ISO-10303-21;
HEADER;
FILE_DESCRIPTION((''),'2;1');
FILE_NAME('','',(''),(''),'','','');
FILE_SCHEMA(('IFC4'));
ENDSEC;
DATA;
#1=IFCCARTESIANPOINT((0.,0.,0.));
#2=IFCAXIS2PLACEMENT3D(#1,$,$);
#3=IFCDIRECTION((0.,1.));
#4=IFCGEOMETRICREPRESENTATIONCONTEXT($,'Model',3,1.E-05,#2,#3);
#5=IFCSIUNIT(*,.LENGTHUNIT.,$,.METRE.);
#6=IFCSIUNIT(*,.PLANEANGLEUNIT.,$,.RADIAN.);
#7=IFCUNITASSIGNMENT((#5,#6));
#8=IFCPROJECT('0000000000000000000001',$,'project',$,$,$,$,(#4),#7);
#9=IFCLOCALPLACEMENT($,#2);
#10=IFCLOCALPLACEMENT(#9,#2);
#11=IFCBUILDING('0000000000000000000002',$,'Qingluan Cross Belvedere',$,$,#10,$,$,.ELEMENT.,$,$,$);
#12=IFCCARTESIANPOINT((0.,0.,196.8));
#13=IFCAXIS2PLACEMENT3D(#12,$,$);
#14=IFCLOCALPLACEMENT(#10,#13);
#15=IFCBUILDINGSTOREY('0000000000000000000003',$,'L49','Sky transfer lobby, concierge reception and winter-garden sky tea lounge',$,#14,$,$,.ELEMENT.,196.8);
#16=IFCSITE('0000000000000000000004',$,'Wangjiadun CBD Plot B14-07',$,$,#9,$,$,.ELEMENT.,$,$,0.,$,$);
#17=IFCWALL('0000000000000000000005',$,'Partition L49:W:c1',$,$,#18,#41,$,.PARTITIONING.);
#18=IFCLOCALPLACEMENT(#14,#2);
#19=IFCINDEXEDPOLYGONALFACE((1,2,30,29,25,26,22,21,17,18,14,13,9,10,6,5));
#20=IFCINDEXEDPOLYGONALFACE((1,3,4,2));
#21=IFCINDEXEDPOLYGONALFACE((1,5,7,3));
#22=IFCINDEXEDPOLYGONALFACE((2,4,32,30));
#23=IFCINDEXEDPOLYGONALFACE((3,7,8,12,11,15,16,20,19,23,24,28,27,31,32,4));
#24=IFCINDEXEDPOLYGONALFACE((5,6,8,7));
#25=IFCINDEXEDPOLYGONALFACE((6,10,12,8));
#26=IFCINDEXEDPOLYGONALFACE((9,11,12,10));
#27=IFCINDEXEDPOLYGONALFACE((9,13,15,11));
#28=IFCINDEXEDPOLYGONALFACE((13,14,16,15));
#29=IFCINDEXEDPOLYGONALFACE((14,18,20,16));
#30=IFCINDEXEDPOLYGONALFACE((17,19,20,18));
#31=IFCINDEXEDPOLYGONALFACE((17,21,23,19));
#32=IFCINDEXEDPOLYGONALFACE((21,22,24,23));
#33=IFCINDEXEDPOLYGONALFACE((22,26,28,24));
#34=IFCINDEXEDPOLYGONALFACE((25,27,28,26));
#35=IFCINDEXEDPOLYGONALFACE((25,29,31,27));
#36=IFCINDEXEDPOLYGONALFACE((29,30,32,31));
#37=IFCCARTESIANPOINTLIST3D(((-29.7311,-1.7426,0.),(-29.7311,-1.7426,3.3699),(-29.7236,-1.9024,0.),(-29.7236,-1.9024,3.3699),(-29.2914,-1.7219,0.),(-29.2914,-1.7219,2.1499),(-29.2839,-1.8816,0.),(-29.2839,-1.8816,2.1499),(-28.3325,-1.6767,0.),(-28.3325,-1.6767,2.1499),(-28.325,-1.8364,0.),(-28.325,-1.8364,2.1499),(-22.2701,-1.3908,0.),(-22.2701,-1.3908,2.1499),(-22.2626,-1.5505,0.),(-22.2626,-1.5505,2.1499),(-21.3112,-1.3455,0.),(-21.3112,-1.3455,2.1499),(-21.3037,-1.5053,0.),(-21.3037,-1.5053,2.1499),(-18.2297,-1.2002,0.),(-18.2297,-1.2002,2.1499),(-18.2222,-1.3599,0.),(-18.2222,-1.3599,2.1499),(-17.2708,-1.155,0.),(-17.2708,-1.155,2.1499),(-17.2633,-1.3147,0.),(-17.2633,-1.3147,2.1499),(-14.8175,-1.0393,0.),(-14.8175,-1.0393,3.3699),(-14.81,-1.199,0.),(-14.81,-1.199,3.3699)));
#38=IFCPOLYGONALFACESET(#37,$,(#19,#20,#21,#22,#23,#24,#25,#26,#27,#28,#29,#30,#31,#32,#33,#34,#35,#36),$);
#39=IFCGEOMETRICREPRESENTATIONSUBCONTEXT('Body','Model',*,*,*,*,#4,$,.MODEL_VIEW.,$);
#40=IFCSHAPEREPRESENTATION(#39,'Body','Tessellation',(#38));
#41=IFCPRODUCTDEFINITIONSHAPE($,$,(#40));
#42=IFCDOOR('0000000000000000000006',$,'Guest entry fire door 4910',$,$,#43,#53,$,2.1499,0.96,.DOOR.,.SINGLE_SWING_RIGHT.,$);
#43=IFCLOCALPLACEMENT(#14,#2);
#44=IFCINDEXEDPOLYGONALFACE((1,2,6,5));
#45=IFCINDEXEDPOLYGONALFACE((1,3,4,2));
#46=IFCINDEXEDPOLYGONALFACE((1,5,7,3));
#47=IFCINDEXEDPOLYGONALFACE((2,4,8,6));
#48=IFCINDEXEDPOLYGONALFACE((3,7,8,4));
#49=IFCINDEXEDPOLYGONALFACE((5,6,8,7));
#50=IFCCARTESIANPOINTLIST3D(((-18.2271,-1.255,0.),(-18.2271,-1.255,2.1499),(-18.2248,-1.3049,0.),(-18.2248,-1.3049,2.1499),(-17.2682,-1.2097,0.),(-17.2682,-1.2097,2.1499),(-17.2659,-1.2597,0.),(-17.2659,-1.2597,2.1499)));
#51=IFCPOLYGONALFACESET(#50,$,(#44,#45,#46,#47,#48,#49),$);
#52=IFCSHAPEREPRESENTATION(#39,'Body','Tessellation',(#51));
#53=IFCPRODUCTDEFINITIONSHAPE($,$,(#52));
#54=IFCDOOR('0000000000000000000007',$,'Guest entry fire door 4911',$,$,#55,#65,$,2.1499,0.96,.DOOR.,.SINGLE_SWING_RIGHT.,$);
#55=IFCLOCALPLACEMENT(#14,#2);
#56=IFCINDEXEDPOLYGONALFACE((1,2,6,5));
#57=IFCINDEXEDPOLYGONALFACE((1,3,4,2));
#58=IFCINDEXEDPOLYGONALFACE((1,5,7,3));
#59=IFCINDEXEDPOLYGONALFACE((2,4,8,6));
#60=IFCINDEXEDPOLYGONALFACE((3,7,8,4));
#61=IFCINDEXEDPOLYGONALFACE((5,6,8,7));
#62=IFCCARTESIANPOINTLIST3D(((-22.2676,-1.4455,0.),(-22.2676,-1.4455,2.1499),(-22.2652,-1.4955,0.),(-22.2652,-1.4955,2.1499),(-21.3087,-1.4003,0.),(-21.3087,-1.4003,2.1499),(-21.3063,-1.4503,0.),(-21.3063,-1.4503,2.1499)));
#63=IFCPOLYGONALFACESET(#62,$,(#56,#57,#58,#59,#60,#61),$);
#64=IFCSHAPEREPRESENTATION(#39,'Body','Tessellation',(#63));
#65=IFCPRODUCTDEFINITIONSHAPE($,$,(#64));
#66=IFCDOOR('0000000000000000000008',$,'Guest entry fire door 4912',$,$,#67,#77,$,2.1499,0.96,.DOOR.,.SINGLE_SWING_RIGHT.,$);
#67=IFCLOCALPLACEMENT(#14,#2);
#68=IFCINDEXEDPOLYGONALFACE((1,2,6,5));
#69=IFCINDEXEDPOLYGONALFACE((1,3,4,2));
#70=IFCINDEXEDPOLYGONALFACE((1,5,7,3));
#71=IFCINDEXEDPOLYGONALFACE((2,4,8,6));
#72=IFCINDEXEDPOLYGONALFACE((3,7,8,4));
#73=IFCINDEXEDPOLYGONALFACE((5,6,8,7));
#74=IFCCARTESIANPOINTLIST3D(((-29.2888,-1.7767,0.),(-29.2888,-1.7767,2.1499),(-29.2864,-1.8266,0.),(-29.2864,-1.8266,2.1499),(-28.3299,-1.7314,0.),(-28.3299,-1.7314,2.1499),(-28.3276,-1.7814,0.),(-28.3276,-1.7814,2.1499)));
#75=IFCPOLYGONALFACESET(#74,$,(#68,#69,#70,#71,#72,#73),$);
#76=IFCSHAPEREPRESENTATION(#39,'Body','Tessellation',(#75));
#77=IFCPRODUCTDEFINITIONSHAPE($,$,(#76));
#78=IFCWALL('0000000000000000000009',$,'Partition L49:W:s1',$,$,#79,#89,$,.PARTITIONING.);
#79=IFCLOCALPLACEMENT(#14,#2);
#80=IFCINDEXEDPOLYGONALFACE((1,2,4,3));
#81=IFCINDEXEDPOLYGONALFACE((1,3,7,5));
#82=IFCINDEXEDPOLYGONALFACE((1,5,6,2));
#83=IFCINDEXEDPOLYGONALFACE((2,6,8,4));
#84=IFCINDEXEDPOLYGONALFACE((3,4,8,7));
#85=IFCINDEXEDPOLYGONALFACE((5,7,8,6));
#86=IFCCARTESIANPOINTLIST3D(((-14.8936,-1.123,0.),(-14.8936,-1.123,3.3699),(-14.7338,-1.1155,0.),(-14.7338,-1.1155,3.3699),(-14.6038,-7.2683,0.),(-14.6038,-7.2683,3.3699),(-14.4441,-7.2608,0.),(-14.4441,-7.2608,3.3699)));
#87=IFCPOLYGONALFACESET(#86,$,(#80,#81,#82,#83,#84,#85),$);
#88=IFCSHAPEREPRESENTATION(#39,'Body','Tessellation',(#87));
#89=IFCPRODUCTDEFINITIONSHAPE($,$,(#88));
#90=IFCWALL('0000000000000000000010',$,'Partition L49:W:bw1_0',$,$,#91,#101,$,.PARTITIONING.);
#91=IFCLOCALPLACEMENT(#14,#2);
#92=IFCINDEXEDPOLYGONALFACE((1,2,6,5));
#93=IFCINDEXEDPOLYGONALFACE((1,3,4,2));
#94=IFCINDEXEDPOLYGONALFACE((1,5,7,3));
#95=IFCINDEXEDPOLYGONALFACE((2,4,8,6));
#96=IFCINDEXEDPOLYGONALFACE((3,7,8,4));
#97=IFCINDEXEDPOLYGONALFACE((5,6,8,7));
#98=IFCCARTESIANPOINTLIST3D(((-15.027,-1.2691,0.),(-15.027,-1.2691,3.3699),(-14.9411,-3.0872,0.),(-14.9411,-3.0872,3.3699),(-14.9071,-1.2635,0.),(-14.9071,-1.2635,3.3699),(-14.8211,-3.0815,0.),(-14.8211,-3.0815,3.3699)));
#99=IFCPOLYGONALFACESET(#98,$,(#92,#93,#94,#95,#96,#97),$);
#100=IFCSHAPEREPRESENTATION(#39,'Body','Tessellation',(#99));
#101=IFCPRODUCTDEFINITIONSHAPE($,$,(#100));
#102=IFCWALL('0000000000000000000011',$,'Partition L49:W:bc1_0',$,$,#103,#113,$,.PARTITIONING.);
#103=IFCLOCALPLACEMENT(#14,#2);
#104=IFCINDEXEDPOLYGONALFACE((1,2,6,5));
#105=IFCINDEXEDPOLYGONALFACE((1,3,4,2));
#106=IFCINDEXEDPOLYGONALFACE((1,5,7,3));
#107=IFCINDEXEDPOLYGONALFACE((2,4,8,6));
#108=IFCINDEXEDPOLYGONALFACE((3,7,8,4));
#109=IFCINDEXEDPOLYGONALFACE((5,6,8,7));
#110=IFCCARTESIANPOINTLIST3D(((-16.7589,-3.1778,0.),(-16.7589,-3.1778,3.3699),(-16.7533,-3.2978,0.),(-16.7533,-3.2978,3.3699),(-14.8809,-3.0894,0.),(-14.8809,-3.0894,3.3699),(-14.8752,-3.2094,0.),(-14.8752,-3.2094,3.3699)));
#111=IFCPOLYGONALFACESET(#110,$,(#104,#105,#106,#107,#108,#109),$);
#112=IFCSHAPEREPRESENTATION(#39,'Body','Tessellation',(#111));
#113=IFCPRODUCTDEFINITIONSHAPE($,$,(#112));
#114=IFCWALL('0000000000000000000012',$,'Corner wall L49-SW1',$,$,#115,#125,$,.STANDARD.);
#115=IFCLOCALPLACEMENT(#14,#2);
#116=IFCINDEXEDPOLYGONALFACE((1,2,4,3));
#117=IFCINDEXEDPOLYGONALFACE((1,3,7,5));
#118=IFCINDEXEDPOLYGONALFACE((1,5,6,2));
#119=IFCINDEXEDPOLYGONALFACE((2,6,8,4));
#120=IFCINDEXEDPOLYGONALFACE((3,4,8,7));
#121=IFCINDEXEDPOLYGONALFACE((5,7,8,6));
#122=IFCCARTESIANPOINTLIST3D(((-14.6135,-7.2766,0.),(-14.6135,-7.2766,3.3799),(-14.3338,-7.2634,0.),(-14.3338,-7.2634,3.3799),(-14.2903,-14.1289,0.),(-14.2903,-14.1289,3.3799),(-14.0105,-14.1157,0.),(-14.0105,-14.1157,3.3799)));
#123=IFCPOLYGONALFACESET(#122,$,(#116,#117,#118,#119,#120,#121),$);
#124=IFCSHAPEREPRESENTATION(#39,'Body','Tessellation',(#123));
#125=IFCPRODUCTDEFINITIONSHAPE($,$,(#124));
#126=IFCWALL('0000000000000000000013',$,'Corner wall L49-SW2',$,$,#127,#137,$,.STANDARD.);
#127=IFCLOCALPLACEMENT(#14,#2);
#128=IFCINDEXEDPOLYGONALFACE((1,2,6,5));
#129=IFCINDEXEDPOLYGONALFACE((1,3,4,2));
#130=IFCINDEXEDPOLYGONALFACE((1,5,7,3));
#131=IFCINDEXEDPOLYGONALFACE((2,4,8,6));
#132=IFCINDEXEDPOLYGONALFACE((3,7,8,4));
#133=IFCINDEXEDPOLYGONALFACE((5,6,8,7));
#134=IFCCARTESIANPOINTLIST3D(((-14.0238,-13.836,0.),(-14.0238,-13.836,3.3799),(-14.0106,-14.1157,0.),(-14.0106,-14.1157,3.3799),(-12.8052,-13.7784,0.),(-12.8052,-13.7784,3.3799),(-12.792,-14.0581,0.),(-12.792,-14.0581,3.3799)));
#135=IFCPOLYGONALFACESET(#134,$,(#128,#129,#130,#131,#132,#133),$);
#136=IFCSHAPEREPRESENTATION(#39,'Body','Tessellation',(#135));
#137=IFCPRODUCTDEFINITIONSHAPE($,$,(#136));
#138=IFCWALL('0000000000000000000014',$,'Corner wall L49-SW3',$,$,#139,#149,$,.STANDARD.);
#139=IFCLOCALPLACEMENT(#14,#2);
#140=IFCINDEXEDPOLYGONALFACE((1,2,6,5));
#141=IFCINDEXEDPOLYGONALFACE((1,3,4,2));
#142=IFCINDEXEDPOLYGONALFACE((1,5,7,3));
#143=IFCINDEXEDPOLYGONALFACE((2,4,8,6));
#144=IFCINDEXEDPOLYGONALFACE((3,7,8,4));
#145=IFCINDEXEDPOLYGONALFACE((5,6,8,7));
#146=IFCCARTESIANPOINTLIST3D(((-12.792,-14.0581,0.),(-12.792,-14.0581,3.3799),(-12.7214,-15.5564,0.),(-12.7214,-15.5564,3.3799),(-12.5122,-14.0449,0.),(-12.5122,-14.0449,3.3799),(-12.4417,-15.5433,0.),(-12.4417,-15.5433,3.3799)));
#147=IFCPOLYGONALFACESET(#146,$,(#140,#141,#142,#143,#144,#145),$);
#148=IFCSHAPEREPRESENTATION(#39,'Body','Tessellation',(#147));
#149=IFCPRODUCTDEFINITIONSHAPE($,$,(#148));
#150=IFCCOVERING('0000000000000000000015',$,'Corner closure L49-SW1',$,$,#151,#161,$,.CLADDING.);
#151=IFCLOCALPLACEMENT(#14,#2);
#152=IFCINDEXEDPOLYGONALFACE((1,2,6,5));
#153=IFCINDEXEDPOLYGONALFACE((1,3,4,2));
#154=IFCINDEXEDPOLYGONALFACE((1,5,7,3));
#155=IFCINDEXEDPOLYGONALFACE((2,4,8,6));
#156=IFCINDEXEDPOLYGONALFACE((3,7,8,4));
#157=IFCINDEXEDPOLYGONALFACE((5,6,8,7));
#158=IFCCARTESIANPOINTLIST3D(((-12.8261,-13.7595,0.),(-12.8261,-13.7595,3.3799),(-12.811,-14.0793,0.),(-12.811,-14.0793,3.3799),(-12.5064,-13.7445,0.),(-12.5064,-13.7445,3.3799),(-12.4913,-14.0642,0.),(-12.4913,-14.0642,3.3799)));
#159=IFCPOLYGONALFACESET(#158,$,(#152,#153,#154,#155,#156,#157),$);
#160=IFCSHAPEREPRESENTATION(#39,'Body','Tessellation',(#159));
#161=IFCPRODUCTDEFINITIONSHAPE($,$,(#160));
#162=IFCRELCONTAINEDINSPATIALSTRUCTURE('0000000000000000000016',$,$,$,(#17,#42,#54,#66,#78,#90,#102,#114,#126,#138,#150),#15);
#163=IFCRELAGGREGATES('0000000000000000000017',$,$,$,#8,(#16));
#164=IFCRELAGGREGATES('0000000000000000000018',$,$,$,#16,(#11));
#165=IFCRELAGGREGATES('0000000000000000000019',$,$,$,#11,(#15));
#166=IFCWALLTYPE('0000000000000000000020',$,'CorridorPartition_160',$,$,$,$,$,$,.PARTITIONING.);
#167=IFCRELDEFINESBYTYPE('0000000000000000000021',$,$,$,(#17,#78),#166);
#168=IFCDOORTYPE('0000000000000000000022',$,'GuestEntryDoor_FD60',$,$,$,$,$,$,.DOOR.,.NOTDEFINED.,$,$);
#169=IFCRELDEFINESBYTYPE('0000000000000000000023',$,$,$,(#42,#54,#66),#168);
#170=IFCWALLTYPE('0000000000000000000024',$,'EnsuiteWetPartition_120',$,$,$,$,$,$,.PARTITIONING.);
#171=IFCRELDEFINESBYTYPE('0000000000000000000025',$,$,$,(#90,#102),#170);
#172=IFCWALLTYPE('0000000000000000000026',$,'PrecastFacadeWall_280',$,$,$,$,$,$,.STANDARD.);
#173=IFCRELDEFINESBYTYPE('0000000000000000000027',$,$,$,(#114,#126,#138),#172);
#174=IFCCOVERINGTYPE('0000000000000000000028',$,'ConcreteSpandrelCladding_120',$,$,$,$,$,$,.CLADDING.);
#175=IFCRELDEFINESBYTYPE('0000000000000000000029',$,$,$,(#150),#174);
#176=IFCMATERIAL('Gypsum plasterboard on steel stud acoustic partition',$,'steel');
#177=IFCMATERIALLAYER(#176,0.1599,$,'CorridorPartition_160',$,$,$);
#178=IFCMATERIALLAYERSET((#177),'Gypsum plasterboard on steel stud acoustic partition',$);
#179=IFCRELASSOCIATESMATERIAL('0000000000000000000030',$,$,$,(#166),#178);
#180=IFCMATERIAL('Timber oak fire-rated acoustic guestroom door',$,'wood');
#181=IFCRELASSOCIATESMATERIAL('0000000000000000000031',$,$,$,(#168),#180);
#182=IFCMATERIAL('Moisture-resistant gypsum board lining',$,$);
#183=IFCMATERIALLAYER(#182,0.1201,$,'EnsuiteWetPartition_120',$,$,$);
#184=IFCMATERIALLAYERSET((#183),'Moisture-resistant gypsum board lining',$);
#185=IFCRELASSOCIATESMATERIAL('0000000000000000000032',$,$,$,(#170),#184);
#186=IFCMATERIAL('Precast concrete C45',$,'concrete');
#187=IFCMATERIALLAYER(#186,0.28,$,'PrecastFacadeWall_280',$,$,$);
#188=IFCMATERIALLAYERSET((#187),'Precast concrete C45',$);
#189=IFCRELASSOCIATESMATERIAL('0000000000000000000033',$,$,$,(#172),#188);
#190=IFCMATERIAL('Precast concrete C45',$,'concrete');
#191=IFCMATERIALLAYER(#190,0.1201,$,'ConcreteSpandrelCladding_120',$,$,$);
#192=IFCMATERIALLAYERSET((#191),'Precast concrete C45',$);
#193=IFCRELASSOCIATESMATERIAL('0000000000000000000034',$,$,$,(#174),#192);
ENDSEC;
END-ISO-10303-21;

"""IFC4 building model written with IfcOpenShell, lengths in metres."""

from ifc_helpers import new_model, si_unit, direction, frame, frame_2d, origin, origin_2d, place, context, subcontext, project, spatial, rectangle, extrude, material, layer, layer_set, type_object, element, fill, save


model = new_model("IFC4")

# Units and contexts
model_context = context("Model", 3, precision=1e-05, world=origin(), true_north=direction((0.0, 1.0)))
body_context = subcontext(model_context, "Body", "Model", "MODEL_VIEW")
ifc_project = project(units=[si_unit("LENGTHUNIT", "METRE"), si_unit("PLANEANGLEUNIT", "RADIAN")], contexts=[model_context])

# Site, building, storey
site_placement = place(None, origin())
site = spatial("IfcSite", under=ifc_project, at=site_placement, Name="Wangjiadun CBD Plot B14-07", CompositionType="ELEMENT", RefElevation=0.0)
building_placement = place(site_placement, origin())
building = spatial("IfcBuilding", under=site, at=building_placement, Name="Qingluan Cross Belvedere", CompositionType="ELEMENT")
storey_placement = place(building_placement, frame((0.0, 0.0, 196.8)))
storey = spatial("IfcBuildingStorey", under=building, at=storey_placement, Name="L49", Description="Sky transfer lobby, concierge reception and winter-garden sky tea lounge", CompositionType="ELEMENT", Elevation=196.8)

# Shared definitions
ifc_material_1 = material(Name="Gypsum plasterboard on steel stud acoustic partition", Category="steel")
ifc_layer_1 = layer(ifc_material_1, 0.1599, Name="CorridorPartition_160")
ifc_layer_set_1 = layer_set([ifc_layer_1], Name="Gypsum plasterboard on steel stud acoustic partition")
wall_type_1 = type_object("IfcWallType", Name="CorridorPartition_160", PredefinedType="PARTITIONING", material=ifc_layer_set_1)

# Wall, openings, doors
wall_1_placement = place(storey_placement, frame((-14.8137, -1.1191, 0.0), z_axis=(0.0, 0.0, 1.0), x_axis=(-0.99889, -0.047111, 0.0)))
wall_1 = element("IfcWall", 1, at=wall_1_placement, inside=storey, type_object=wall_type_1, Name="Partition L49:W:c1", PredefinedType="PARTITIONING", context=body_context, shape_type="SweptSolid", body=[
    extrude(rectangle(XDim=14.9302, YDim=0.1599, at=frame_2d((7.4651, 0.0))), origin(), (0.0, 0.0, 1.0), 3.3699),
])
opening_1_placement = place(wall_1_placement, frame((2.4561, 0.0, 0.0)))
opening_1 = element("IfcOpeningElement", 2, at=opening_1_placement, cuts=wall_1, PredefinedType="OPENING", context=body_context, shape_type="SweptSolid", body=[
    extrude(rectangle(XDim=0.96, YDim=2.1499, at=frame_2d((0.48, 1.075))), frame((0.0, 0.0898, 0.0), z_axis=(0.0, -1.0, 0.0), x_axis=(1.0, 0.0, 0.0)), (0.0, 0.0, 1.0), 0.1799),
])
opening_2_placement = place(wall_1_placement, frame((6.501, 0.0, 0.0)))
opening_2 = element("IfcOpeningElement", 3, at=opening_2_placement, cuts=wall_1, PredefinedType="OPENING", context=body_context, shape_type="SweptSolid", body=[
    extrude(rectangle(XDim=0.96, YDim=2.1499, at=frame_2d((0.48, 1.075))), frame((0.0, 0.0898, 0.0), z_axis=(0.0, -1.0, 0.0), x_axis=(1.0, 0.0, 0.0)), (0.0, 0.0, 1.0), 0.1799),
])
opening_3_placement = place(wall_1_placement, frame((13.53, 0.0, 0.0)))
opening_3 = element("IfcOpeningElement", 4, at=opening_3_placement, cuts=wall_1, PredefinedType="OPENING", context=body_context, shape_type="SweptSolid", body=[
    extrude(rectangle(XDim=0.96, YDim=2.1499, at=frame_2d((0.48, 1.075))), frame((0.0, 0.0898, 0.0), z_axis=(0.0, -1.0, 0.0), x_axis=(1.0, 0.0, 0.0)), (0.0, 0.0, 1.0), 0.1799),
])
ifc_material_2 = material(Name="Timber oak fire-rated acoustic guestroom door", Category="wood")
door_type = type_object("IfcDoorType", Name="GuestEntryDoor_FD60", OperationType="NOTDEFINED", PredefinedType="DOOR", material=ifc_material_2)
door_1_placement = place(opening_1_placement, origin())
door_1 = element("IfcDoor", 5, at=door_1_placement, inside=storey, type_object=door_type, Name="Guest entry fire door 4910", OperationType="SINGLE_SWING_RIGHT", OverallHeight=2.1499, OverallWidth=0.96, PredefinedType="DOOR", context=body_context, shape_type="SweptSolid", body=[
    extrude(rectangle(XDim=0.96, YDim=2.1499, at=frame_2d((0.48, 1.075))), frame((0.0, 0.0249, 0.0), z_axis=(0.0, -1.0, 0.0), x_axis=(1.0, 0.0, 0.0)), (0.0, 0.0, 1.0), 0.05),
])
fill(opening_1, door_1)
door_2_placement = place(opening_2_placement, origin())
door_2 = element("IfcDoor", 6, at=door_2_placement, inside=storey, type_object=door_type, Name="Guest entry fire door 4911", OperationType="SINGLE_SWING_RIGHT", OverallHeight=2.1499, OverallWidth=0.96, PredefinedType="DOOR", context=body_context, shape_type="SweptSolid", body=[
    extrude(rectangle(XDim=0.96, YDim=2.1499, at=frame_2d((0.48, 1.075))), frame((0.0, 0.0249, 0.0), z_axis=(0.0, -1.0, 0.0), x_axis=(1.0, 0.0, 0.0)), (0.0, 0.0, 1.0), 0.05),
])
fill(opening_2, door_2)
door_3_placement = place(opening_3_placement, origin())
door_3 = element("IfcDoor", 7, at=door_3_placement, inside=storey, type_object=door_type, Name="Guest entry fire door 4912", OperationType="SINGLE_SWING_RIGHT", OverallHeight=2.1499, OverallWidth=0.96, PredefinedType="DOOR", context=body_context, shape_type="SweptSolid", body=[
    extrude(rectangle(XDim=0.96, YDim=2.1499, at=frame_2d((0.48, 1.075))), frame((0.0, 0.0249, 0.0), z_axis=(0.0, -1.0, 0.0), x_axis=(1.0, 0.0, 0.0)), (0.0, 0.0, 1.0), 0.05),
])
fill(opening_3, door_3)

# Walls
wall_2_placement = place(storey_placement, frame((-14.8137, -1.1191, 0.0), z_axis=(0.0, 0.0, 1.0), x_axis=(0.047105, -0.99889, 0.0)))
element("IfcWall", 8, at=wall_2_placement, inside=storey, type_object=wall_type_1, Name="Partition L49:W:s1", PredefinedType="PARTITIONING", context=body_context, shape_type="SweptSolid", body=[
    extrude(rectangle(XDim=6.1521, YDim=0.1599, at=frame_2d((3.0762, 0.0))), origin(), (0.0, 0.0, 1.0), 3.3699),
])
ifc_material_3 = material(Name="Moisture-resistant gypsum board lining")
ifc_layer_2 = layer(ifc_material_3, 0.1201, Name="EnsuiteWetPartition_120")
ifc_layer_set_2 = layer_set([ifc_layer_2], Name="Moisture-resistant gypsum board lining")
wall_type_2 = type_object("IfcWallType", Name="EnsuiteWetPartition_120", PredefinedType="PARTITIONING", material=ifc_layer_set_2)
wall_3_placement = place(storey_placement, frame((-14.8811, -3.0845, 0.0), z_axis=(0.0, 0.0, 1.0), x_axis=(-0.047215, 0.998885, 0.0)))
element("IfcWall", 9, at=wall_3_placement, inside=storey, type_object=wall_type_2, Name="Partition L49:W:bw1_0", PredefinedType="PARTITIONING", context=body_context, shape_type="SweptSolid", body=[
    extrude(rectangle(XDim=1.8201, YDim=0.1201, at=frame_2d((0.9102, 0.0))), origin(), (0.0, 0.0, 1.0), 3.3699),
])
wall_4_placement = place(storey_placement, frame((-14.8782, -3.1494, 0.0), z_axis=(0.0, 0.0, 1.0), x_axis=(-0.998894, -0.04701, 0.0)))
element("IfcWall", 10, at=wall_4_placement, inside=storey, type_object=wall_type_2, Name="Partition L49:W:bc1_0", PredefinedType="PARTITIONING", context=body_context, shape_type="SweptSolid", body=[
    extrude(rectangle(XDim=1.8801, YDim=0.1201, at=frame_2d((0.9399, 0.0))), origin(), (0.0, 0.0, 1.0), 3.3699),
])
ifc_material_4 = material(Name="Precast concrete C45", Category="concrete")
ifc_layer_3 = layer(ifc_material_4, 0.28, Name="PrecastFacadeWall_280")
ifc_layer_set_3 = layer_set([ifc_layer_3], Name="Precast concrete C45")
wall_type_3 = type_object("IfcWallType", Name="PrecastFacadeWall_280", PredefinedType="STANDARD", material=ifc_layer_set_3)
wall_5_placement = place(storey_placement, frame((-14.4736, -7.27, 0.0), z_axis=(0.0, 0.0, 1.0), x_axis=(0.04712, -0.998889, 0.0)))
element("IfcWall", 11, at=wall_5_placement, inside=storey, type_object=wall_type_3, Name="Corner wall L49-SW1", PredefinedType="STANDARD", context=body_context, shape_type="SweptSolid", body=[
    extrude(rectangle(XDim=6.8599, YDim=0.28, at=frame_2d((3.4299, 0.0))), origin(), (0.0, 0.0, 1.0), 3.3799),
])
wall_6_placement = place(storey_placement, frame((-14.0171, -13.9758, 0.0), z_axis=(0.0, 0.0, 1.0), x_axis=(0.998884, 0.047232, 0.0)))
element("IfcWall", 12, at=wall_6_placement, inside=storey, type_object=wall_type_3, Name="Corner wall L49-SW2", PredefinedType="STANDARD", context=body_context, shape_type="SweptSolid", body=[
    extrude(rectangle(XDim=1.22, YDim=0.28, at=frame_2d((0.6099, 0.0))), origin(), (0.0, 0.0, 1.0), 3.3799),
])
wall_7_placement = place(storey_placement, frame((-12.6521, -14.0515, 0.0), z_axis=(0.0, 0.0, 1.0), x_axis=(0.047039, -0.998893, 0.0)))
element("IfcWall", 13, at=wall_7_placement, inside=storey, type_object=wall_type_3, Name="Corner wall L49-SW3", PredefinedType="STANDARD", context=body_context, shape_type="SweptSolid", body=[
    extrude(rectangle(XDim=1.5, YDim=0.28, at=frame_2d((0.75, 0.0))), origin(), (0.0, 0.0, 1.0), 3.3799),
])

# Covering
ifc_material_5 = material(Name="Precast concrete C45", Category="concrete")
ifc_layer_4 = layer(ifc_material_5, 0.1201, Name="ConcreteSpandrelCladding_120")
ifc_layer_set_4 = layer_set([ifc_layer_4], Name="Precast concrete C45")
covering_type = type_object("IfcCoveringType", Name="ConcreteSpandrelCladding_120", PredefinedType="CLADDING", material=ifc_layer_set_4)
covering_placement = place(storey_placement, frame((-12.6587, -13.9119, 0.0), z_axis=(0.0, 0.0, 1.0), x_axis=(0.99889, 0.047106, 0.0)))
element("IfcCovering", 14, at=covering_placement, inside=storey, type_object=covering_type, Name="Corner closure L49-SW1", PredefinedType="CLADDING", context=body_context, shape_type="SweptSolid", body=[
    extrude(rectangle(XDim=0.3201, YDim=0.3201, at=origin_2d()), origin(), (0.0, 0.0, 1.0), 3.3799),
])

save(model, "model.ifc")
